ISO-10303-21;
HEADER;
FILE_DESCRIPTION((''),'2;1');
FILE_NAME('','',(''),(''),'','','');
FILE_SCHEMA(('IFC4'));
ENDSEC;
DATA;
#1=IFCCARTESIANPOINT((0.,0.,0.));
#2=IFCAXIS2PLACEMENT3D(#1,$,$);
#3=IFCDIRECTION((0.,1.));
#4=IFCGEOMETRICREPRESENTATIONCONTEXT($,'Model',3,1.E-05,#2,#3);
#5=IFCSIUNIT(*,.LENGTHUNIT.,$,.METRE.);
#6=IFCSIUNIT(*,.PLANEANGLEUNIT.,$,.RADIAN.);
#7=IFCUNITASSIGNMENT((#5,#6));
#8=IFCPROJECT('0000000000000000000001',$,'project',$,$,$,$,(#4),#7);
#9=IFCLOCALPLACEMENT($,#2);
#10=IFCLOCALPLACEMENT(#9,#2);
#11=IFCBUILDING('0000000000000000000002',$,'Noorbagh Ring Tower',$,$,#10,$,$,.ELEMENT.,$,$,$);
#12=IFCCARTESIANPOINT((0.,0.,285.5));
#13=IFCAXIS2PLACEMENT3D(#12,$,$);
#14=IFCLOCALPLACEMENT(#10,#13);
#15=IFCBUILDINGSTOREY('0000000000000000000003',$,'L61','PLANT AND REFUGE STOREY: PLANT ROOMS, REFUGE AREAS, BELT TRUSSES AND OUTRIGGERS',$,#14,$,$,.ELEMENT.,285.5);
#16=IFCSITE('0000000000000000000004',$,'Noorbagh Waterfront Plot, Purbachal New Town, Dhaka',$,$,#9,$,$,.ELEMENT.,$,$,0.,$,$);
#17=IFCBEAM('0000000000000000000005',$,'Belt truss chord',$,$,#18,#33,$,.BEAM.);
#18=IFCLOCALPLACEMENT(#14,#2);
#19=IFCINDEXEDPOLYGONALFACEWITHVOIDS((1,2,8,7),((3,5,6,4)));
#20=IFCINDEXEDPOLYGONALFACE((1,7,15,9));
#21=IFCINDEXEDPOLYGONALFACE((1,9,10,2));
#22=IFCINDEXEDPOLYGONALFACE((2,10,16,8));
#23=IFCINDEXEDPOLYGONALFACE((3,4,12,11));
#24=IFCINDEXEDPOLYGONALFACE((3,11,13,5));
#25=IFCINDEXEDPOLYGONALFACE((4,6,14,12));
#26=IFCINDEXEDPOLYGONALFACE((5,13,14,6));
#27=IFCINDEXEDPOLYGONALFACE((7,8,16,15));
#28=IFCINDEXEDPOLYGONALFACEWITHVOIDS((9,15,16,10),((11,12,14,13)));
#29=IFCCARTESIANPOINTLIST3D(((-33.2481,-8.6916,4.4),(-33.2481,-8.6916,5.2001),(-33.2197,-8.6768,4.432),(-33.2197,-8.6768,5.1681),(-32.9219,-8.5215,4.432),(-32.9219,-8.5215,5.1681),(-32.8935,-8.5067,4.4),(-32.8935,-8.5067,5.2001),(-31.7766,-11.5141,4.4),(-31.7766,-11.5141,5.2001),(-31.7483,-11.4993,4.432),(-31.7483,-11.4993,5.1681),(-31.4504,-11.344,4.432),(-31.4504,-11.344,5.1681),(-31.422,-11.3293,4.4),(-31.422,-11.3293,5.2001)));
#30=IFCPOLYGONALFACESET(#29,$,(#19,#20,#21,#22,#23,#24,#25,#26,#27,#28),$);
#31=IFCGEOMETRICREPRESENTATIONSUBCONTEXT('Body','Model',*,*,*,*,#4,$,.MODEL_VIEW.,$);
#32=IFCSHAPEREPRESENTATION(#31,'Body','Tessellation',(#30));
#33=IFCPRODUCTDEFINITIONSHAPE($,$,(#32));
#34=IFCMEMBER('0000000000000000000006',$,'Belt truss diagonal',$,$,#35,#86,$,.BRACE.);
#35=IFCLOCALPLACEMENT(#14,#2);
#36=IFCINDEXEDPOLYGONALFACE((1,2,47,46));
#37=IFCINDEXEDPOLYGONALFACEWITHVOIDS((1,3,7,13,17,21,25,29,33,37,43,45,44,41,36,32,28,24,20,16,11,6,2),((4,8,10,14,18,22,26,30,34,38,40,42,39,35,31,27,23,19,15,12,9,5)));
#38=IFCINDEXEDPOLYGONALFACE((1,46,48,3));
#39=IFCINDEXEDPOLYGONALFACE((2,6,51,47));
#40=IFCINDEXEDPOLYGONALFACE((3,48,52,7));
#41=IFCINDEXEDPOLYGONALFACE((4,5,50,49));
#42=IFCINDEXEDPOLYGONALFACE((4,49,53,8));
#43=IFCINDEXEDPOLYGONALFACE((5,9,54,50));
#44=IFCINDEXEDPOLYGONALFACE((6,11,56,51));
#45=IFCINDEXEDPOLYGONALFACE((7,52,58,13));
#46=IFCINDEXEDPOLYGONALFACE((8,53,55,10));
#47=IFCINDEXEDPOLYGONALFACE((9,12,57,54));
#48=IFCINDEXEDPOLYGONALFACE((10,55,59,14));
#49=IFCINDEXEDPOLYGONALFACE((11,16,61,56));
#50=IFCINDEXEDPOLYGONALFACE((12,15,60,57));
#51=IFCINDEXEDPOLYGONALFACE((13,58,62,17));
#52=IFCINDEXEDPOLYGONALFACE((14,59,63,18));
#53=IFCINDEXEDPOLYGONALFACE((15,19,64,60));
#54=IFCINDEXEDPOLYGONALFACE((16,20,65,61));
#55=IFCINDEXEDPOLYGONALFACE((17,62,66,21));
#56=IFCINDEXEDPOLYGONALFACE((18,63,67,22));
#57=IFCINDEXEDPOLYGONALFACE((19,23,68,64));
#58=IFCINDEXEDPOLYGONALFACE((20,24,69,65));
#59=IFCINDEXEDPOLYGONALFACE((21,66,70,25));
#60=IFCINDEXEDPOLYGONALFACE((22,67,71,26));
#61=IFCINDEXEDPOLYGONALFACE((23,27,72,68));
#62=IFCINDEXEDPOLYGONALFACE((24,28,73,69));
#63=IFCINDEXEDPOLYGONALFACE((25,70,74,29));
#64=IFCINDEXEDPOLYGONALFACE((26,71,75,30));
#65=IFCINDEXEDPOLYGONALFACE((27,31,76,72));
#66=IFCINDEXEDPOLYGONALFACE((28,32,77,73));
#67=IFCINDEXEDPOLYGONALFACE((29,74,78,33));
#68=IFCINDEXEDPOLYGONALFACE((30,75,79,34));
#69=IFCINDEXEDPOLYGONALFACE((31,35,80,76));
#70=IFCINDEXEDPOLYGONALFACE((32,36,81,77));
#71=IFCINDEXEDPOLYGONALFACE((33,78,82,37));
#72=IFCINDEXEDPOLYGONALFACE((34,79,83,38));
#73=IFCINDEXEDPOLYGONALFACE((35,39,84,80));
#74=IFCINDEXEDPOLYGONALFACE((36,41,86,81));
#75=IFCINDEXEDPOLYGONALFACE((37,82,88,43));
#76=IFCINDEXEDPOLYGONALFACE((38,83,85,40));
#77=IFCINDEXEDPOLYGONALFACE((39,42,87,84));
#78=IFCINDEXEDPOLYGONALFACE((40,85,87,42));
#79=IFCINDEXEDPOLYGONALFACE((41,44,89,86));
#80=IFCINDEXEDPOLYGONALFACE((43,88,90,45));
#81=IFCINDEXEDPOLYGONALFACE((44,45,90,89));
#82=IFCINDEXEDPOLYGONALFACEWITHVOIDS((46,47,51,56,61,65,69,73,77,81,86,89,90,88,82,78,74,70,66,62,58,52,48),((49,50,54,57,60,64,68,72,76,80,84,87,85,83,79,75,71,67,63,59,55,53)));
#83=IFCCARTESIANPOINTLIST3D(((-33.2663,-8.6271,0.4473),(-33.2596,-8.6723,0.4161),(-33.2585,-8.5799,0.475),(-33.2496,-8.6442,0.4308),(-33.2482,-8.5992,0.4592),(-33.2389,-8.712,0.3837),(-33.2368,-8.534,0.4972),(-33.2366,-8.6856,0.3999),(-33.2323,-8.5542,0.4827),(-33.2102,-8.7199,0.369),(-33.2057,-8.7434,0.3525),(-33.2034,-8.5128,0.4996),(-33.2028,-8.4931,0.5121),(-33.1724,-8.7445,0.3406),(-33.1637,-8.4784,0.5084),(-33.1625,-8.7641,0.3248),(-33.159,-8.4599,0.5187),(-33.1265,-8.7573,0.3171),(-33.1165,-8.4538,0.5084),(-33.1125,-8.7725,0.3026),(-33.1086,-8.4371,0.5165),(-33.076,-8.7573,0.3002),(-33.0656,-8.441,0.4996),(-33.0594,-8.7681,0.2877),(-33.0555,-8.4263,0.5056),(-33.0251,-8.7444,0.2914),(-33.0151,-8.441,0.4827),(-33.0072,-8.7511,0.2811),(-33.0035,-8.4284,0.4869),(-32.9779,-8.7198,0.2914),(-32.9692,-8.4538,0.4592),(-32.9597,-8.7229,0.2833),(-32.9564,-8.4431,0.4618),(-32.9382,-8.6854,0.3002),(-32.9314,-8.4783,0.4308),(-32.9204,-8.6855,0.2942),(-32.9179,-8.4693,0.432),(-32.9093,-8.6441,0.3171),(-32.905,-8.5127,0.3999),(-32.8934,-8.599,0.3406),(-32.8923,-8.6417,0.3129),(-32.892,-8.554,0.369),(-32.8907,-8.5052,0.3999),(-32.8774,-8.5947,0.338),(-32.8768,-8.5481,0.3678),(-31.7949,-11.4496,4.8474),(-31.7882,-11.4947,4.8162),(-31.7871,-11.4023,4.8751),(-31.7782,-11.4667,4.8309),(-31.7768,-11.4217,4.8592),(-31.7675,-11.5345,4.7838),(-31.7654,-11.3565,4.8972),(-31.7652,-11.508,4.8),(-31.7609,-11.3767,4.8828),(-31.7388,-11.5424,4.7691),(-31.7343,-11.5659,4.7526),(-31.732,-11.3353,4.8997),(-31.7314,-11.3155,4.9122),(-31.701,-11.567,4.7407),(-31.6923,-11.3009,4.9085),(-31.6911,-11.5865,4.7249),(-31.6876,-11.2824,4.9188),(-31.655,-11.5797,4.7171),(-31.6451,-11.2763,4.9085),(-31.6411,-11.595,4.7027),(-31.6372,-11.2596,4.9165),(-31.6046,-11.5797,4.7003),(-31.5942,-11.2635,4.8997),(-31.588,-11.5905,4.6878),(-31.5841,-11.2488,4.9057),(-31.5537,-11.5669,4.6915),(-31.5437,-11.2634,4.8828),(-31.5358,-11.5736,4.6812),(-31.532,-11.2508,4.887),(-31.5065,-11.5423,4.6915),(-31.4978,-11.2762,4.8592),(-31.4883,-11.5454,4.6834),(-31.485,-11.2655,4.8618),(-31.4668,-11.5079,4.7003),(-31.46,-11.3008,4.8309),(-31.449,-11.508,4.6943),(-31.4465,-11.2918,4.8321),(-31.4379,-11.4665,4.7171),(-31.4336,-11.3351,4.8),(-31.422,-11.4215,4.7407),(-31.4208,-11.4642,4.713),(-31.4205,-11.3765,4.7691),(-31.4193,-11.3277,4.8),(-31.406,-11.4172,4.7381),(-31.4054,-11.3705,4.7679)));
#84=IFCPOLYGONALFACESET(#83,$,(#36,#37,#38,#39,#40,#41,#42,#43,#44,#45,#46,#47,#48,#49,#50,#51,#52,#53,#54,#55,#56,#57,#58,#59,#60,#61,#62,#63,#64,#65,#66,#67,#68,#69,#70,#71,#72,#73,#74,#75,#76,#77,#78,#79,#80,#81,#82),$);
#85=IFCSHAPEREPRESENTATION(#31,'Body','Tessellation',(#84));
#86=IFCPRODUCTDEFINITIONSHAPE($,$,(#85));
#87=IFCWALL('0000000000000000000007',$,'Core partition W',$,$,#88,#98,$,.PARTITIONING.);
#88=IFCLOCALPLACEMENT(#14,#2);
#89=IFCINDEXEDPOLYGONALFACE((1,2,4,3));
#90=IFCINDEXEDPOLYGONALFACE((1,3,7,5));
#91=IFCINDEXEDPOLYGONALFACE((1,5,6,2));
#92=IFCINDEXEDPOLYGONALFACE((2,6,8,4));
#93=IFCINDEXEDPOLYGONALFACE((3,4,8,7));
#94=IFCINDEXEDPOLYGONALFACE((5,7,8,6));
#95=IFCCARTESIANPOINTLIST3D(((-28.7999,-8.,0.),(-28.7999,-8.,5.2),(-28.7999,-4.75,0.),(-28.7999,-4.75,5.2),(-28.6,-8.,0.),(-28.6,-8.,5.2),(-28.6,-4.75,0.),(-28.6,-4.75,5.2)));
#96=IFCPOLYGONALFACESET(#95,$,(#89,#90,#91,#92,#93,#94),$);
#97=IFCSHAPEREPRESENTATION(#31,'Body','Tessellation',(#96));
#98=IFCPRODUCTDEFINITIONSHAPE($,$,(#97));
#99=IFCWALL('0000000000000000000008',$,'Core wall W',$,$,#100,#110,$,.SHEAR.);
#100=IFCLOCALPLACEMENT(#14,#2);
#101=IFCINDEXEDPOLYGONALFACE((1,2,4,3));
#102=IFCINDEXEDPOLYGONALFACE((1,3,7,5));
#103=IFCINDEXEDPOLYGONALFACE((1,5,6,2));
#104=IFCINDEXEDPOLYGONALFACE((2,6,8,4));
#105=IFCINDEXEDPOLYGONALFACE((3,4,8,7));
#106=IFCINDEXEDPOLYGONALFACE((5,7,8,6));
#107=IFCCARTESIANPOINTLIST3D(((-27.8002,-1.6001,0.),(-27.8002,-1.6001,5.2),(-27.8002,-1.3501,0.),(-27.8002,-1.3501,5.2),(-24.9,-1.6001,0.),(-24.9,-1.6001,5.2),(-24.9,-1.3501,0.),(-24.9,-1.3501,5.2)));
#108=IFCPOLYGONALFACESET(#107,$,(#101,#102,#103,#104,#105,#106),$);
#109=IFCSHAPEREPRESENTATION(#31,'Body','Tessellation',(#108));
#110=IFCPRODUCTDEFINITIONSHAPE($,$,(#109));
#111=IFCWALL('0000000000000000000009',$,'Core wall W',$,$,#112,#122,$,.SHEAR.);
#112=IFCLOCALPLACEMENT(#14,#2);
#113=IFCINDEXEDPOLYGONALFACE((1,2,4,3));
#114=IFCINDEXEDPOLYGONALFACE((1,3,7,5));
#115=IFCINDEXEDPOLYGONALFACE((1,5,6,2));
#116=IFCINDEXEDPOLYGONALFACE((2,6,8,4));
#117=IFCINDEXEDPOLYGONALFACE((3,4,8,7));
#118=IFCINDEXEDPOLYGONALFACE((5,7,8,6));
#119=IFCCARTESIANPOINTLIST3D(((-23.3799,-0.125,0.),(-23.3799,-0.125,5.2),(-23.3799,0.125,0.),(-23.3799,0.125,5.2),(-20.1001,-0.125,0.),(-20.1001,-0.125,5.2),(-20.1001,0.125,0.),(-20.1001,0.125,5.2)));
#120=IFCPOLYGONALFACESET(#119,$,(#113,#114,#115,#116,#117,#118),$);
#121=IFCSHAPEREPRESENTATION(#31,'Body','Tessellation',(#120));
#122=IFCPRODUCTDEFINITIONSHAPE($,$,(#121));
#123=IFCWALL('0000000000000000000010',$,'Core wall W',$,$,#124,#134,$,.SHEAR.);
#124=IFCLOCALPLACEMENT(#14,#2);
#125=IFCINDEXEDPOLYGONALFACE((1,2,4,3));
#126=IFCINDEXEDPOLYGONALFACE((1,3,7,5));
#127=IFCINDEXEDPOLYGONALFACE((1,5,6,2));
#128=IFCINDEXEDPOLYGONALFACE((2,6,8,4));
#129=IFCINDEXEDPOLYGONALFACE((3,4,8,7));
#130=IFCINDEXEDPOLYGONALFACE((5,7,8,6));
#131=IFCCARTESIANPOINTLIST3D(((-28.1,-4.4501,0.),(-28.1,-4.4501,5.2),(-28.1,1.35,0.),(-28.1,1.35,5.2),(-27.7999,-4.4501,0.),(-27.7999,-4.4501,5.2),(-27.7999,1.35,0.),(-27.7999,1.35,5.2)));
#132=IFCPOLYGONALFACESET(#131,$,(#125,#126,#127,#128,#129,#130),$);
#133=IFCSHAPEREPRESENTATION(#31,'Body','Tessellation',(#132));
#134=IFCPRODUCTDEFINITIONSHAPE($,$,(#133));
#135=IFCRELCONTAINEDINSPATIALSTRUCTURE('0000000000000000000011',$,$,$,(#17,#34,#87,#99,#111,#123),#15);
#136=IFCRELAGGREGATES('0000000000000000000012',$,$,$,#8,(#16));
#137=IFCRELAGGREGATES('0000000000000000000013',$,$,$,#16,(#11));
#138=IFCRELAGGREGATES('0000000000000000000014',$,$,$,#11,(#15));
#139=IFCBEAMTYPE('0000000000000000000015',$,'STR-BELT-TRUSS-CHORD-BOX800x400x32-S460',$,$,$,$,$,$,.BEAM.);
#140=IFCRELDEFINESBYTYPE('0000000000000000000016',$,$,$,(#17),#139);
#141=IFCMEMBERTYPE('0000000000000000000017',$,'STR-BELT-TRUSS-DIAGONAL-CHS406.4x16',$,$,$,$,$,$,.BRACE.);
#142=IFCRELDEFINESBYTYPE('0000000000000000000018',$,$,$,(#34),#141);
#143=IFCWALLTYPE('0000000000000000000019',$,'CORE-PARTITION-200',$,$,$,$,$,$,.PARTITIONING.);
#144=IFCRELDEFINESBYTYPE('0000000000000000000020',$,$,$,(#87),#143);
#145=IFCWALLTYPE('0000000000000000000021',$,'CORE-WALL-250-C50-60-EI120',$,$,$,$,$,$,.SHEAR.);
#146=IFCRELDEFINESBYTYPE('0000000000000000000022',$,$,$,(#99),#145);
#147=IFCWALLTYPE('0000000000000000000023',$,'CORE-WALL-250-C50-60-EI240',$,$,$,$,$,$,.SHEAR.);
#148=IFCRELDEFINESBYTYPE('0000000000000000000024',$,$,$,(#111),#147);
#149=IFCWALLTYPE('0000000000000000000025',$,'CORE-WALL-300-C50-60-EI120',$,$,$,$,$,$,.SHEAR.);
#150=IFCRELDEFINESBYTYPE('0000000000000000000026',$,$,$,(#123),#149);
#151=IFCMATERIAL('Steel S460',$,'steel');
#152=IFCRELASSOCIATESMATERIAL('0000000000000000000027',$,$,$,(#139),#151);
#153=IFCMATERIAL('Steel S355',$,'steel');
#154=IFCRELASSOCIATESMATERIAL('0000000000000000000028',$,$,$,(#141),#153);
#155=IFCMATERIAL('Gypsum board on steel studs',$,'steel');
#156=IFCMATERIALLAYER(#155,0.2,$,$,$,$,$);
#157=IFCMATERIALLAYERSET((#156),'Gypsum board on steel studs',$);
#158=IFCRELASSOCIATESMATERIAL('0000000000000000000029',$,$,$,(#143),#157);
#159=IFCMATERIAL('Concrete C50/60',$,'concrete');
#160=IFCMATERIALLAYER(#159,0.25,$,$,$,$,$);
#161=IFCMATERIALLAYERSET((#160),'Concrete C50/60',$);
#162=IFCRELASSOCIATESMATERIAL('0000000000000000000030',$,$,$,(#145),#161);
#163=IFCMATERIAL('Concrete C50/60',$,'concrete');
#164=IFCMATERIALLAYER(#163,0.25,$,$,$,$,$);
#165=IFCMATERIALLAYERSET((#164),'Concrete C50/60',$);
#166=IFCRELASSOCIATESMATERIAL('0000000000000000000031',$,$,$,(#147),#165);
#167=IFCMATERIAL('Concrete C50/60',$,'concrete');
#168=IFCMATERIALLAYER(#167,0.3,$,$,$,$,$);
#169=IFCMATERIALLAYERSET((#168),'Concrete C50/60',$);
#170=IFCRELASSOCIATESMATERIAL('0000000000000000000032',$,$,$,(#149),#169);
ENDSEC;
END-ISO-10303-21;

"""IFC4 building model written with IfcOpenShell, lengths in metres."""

from ifc_helpers import new_model, si_unit, direction, frame, frame_2d, origin, origin_2d, place, context, subcontext, project, spatial, rectangle, hollow_rectangle, hollow_circle, extrude, material, layer, layer_set, material_profile, profile_set, type_object, element, save


model = new_model("IFC4")

# Units and contexts
model_context = context("Model", 3, precision=1e-05, world=origin(), true_north=direction((0.0, 1.0)))
body_context = subcontext(model_context, "Body", "Model", "MODEL_VIEW")
ifc_project = project(units=[si_unit("LENGTHUNIT", "METRE"), si_unit("PLANEANGLEUNIT", "RADIAN")], contexts=[model_context])

# Site, building, storey
site_placement = place(None, origin())
site = spatial("IfcSite", under=ifc_project, at=site_placement, Name="Noorbagh Waterfront Plot, Purbachal New Town, Dhaka", CompositionType="ELEMENT", RefElevation=0.0)
building_placement = place(site_placement, origin())
building = spatial("IfcBuilding", under=site, at=building_placement, Name="Noorbagh Ring Tower", CompositionType="ELEMENT")
storey_placement = place(building_placement, frame((0.0, 0.0, 285.5)))
storey = spatial("IfcBuildingStorey", under=building, at=storey_placement, Name="L61", Description="PLANT AND REFUGE STOREY: PLANT ROOMS, REFUGE AREAS, BELT TRUSSES AND OUTRIGGERS", CompositionType="ELEMENT", Elevation=285.5)

# Beam
ifc_material_1 = material(Name="Steel S460", Category="steel")
ifc_material_profile_1 = material_profile(ifc_material_1, hollow_rectangle(XDim=0.3999, YDim=0.8, WallThickness=0.032, at=origin_2d()), Name="BOX800x400x32")
ifc_profile_set_1 = profile_set([ifc_material_profile_1], Name="Steel S460")
beam_type = type_object("IfcBeamType", Name="STR-BELT-TRUSS-CHORD-BOX800x400x32-S460", PredefinedType="BEAM", material=ifc_profile_set_1)
beam_placement = place(storey_placement, frame((-33.0708, -8.5991, 4.8), z_axis=(0.462275, -0.886737, 0.0), x_axis=(0.886737, 0.462275, 0.0)))
element("IfcBeam", 1, at=beam_placement, inside=storey, type_object=beam_type, Name="Belt truss chord", PredefinedType="BEAM", context=body_context, shape_type="SweptSolid", body=[
    extrude(hollow_rectangle(XDim=0.3999, YDim=0.8, WallThickness=0.032, at=origin_2d()), origin(), (0.0, 0.0, 1.0), 3.1831),
])

# Member
ifc_material_2 = material(Name="Steel S355", Category="steel")
ifc_material_profile_2 = material_profile(ifc_material_2, hollow_circle(Radius=0.2031, WallThickness=0.0161, at=origin_2d()), Name="CHS406.4x16")
ifc_profile_set_2 = profile_set([ifc_material_profile_2], Name="Steel S355")
member_type = type_object("IfcMemberType", Name="STR-BELT-TRUSS-DIAGONAL-CHS406.4x16", PredefinedType="BRACE", material=ifc_profile_set_2)
member_placement = place(storey_placement, frame((-33.0708, -8.5991, 0.3999), z_axis=(0.270946, -0.519728, 0.810229), x_axis=(0.886737, 0.462275, 0.0)))
element("IfcMember", 2, at=member_placement, inside=storey, type_object=member_type, Name="Belt truss diagonal", PredefinedType="BRACE", context=body_context, shape_type="SweptSolid", body=[
    extrude(hollow_circle(Radius=0.2031, WallThickness=0.0161, at=origin_2d()), origin(), (0.0, 0.0, 1.0), 5.4307),
])

# Walls
ifc_material_3 = material(Name="Gypsum board on steel studs", Category="steel")
ifc_layer_1 = layer(ifc_material_3, 0.2)
ifc_layer_set_1 = layer_set([ifc_layer_1], Name="Gypsum board on steel studs")
wall_type_1 = type_object("IfcWallType", Name="CORE-PARTITION-200", PredefinedType="PARTITIONING", material=ifc_layer_set_1)
wall_1_placement = place(storey_placement, frame((-28.7, -8.0, 0.0), z_axis=(0.0, 0.0, 1.0), x_axis=(0.0, 1.0, 0.0)))
element("IfcWall", 3, at=wall_1_placement, inside=storey, type_object=wall_type_1, Name="Core partition W", PredefinedType="PARTITIONING", context=body_context, shape_type="SweptSolid", body=[
    extrude(rectangle(XDim=3.25, YDim=0.2, at=frame_2d((1.625, 0.0))), origin(), (0.0, 0.0, 1.0), 5.2),
])
ifc_material_4 = material(Name="Concrete C50/60", Category="concrete")
ifc_layer_2 = layer(ifc_material_4, 0.25)
ifc_layer_set_2 = layer_set([ifc_layer_2], Name="Concrete C50/60")
wall_type_2 = type_object("IfcWallType", Name="CORE-WALL-250-C50-60-EI120", PredefinedType="SHEAR", material=ifc_layer_set_2)
wall_2_placement = place(storey_placement, frame((-24.8999, -1.4751, 0.0), z_axis=(0.0, 0.0, 1.0), x_axis=(-1.0, 0.0, 0.0)))
element("IfcWall", 4, at=wall_2_placement, inside=storey, type_object=wall_type_2, Name="Core wall W", PredefinedType="SHEAR", context=body_context, shape_type="SweptSolid", body=[
    extrude(rectangle(XDim=2.9001, YDim=0.25, at=frame_2d((1.4502, 0.0))), origin(), (0.0, 0.0, 1.0), 5.2),
])
ifc_material_5 = material(Name="Concrete C50/60", Category="concrete")
ifc_layer_3 = layer(ifc_material_5, 0.25)
ifc_layer_set_3 = layer_set([ifc_layer_3], Name="Concrete C50/60")
wall_type_3 = type_object("IfcWallType", Name="CORE-WALL-250-C50-60-EI240", PredefinedType="SHEAR", material=ifc_layer_set_3)
wall_3_placement = place(storey_placement, frame((-20.1001, 0.0, 0.0), z_axis=(0.0, 0.0, 1.0), x_axis=(-1.0, 0.0, 0.0)))
element("IfcWall", 5, at=wall_3_placement, inside=storey, type_object=wall_type_3, Name="Core wall W", PredefinedType="SHEAR", context=body_context, shape_type="SweptSolid", body=[
    extrude(rectangle(XDim=3.2798, YDim=0.25, at=frame_2d((1.6399, 0.0))), origin(), (0.0, 0.0, 1.0), 5.2),
])
ifc_material_6 = material(Name="Concrete C50/60", Category="concrete")
ifc_layer_4 = layer(ifc_material_6, 0.3)
ifc_layer_set_4 = layer_set([ifc_layer_4], Name="Concrete C50/60")
wall_type_4 = type_object("IfcWallType", Name="CORE-WALL-300-C50-60-EI120", PredefinedType="SHEAR", material=ifc_layer_set_4)
wall_4_placement = place(storey_placement, frame((-27.95, -4.45, 0.0), z_axis=(0.0, 0.0, 1.0), x_axis=(0.0, 1.0, 0.0)))
element("IfcWall", 6, at=wall_4_placement, inside=storey, type_object=wall_type_4, Name="Core wall W", PredefinedType="SHEAR", context=body_context, shape_type="SweptSolid", body=[
    extrude(rectangle(XDim=5.8, YDim=0.3, at=frame_2d((2.8999, 0.0))), origin(), (0.0, 0.0, 1.0), 5.2),
])

save(model, "model.ifc")
